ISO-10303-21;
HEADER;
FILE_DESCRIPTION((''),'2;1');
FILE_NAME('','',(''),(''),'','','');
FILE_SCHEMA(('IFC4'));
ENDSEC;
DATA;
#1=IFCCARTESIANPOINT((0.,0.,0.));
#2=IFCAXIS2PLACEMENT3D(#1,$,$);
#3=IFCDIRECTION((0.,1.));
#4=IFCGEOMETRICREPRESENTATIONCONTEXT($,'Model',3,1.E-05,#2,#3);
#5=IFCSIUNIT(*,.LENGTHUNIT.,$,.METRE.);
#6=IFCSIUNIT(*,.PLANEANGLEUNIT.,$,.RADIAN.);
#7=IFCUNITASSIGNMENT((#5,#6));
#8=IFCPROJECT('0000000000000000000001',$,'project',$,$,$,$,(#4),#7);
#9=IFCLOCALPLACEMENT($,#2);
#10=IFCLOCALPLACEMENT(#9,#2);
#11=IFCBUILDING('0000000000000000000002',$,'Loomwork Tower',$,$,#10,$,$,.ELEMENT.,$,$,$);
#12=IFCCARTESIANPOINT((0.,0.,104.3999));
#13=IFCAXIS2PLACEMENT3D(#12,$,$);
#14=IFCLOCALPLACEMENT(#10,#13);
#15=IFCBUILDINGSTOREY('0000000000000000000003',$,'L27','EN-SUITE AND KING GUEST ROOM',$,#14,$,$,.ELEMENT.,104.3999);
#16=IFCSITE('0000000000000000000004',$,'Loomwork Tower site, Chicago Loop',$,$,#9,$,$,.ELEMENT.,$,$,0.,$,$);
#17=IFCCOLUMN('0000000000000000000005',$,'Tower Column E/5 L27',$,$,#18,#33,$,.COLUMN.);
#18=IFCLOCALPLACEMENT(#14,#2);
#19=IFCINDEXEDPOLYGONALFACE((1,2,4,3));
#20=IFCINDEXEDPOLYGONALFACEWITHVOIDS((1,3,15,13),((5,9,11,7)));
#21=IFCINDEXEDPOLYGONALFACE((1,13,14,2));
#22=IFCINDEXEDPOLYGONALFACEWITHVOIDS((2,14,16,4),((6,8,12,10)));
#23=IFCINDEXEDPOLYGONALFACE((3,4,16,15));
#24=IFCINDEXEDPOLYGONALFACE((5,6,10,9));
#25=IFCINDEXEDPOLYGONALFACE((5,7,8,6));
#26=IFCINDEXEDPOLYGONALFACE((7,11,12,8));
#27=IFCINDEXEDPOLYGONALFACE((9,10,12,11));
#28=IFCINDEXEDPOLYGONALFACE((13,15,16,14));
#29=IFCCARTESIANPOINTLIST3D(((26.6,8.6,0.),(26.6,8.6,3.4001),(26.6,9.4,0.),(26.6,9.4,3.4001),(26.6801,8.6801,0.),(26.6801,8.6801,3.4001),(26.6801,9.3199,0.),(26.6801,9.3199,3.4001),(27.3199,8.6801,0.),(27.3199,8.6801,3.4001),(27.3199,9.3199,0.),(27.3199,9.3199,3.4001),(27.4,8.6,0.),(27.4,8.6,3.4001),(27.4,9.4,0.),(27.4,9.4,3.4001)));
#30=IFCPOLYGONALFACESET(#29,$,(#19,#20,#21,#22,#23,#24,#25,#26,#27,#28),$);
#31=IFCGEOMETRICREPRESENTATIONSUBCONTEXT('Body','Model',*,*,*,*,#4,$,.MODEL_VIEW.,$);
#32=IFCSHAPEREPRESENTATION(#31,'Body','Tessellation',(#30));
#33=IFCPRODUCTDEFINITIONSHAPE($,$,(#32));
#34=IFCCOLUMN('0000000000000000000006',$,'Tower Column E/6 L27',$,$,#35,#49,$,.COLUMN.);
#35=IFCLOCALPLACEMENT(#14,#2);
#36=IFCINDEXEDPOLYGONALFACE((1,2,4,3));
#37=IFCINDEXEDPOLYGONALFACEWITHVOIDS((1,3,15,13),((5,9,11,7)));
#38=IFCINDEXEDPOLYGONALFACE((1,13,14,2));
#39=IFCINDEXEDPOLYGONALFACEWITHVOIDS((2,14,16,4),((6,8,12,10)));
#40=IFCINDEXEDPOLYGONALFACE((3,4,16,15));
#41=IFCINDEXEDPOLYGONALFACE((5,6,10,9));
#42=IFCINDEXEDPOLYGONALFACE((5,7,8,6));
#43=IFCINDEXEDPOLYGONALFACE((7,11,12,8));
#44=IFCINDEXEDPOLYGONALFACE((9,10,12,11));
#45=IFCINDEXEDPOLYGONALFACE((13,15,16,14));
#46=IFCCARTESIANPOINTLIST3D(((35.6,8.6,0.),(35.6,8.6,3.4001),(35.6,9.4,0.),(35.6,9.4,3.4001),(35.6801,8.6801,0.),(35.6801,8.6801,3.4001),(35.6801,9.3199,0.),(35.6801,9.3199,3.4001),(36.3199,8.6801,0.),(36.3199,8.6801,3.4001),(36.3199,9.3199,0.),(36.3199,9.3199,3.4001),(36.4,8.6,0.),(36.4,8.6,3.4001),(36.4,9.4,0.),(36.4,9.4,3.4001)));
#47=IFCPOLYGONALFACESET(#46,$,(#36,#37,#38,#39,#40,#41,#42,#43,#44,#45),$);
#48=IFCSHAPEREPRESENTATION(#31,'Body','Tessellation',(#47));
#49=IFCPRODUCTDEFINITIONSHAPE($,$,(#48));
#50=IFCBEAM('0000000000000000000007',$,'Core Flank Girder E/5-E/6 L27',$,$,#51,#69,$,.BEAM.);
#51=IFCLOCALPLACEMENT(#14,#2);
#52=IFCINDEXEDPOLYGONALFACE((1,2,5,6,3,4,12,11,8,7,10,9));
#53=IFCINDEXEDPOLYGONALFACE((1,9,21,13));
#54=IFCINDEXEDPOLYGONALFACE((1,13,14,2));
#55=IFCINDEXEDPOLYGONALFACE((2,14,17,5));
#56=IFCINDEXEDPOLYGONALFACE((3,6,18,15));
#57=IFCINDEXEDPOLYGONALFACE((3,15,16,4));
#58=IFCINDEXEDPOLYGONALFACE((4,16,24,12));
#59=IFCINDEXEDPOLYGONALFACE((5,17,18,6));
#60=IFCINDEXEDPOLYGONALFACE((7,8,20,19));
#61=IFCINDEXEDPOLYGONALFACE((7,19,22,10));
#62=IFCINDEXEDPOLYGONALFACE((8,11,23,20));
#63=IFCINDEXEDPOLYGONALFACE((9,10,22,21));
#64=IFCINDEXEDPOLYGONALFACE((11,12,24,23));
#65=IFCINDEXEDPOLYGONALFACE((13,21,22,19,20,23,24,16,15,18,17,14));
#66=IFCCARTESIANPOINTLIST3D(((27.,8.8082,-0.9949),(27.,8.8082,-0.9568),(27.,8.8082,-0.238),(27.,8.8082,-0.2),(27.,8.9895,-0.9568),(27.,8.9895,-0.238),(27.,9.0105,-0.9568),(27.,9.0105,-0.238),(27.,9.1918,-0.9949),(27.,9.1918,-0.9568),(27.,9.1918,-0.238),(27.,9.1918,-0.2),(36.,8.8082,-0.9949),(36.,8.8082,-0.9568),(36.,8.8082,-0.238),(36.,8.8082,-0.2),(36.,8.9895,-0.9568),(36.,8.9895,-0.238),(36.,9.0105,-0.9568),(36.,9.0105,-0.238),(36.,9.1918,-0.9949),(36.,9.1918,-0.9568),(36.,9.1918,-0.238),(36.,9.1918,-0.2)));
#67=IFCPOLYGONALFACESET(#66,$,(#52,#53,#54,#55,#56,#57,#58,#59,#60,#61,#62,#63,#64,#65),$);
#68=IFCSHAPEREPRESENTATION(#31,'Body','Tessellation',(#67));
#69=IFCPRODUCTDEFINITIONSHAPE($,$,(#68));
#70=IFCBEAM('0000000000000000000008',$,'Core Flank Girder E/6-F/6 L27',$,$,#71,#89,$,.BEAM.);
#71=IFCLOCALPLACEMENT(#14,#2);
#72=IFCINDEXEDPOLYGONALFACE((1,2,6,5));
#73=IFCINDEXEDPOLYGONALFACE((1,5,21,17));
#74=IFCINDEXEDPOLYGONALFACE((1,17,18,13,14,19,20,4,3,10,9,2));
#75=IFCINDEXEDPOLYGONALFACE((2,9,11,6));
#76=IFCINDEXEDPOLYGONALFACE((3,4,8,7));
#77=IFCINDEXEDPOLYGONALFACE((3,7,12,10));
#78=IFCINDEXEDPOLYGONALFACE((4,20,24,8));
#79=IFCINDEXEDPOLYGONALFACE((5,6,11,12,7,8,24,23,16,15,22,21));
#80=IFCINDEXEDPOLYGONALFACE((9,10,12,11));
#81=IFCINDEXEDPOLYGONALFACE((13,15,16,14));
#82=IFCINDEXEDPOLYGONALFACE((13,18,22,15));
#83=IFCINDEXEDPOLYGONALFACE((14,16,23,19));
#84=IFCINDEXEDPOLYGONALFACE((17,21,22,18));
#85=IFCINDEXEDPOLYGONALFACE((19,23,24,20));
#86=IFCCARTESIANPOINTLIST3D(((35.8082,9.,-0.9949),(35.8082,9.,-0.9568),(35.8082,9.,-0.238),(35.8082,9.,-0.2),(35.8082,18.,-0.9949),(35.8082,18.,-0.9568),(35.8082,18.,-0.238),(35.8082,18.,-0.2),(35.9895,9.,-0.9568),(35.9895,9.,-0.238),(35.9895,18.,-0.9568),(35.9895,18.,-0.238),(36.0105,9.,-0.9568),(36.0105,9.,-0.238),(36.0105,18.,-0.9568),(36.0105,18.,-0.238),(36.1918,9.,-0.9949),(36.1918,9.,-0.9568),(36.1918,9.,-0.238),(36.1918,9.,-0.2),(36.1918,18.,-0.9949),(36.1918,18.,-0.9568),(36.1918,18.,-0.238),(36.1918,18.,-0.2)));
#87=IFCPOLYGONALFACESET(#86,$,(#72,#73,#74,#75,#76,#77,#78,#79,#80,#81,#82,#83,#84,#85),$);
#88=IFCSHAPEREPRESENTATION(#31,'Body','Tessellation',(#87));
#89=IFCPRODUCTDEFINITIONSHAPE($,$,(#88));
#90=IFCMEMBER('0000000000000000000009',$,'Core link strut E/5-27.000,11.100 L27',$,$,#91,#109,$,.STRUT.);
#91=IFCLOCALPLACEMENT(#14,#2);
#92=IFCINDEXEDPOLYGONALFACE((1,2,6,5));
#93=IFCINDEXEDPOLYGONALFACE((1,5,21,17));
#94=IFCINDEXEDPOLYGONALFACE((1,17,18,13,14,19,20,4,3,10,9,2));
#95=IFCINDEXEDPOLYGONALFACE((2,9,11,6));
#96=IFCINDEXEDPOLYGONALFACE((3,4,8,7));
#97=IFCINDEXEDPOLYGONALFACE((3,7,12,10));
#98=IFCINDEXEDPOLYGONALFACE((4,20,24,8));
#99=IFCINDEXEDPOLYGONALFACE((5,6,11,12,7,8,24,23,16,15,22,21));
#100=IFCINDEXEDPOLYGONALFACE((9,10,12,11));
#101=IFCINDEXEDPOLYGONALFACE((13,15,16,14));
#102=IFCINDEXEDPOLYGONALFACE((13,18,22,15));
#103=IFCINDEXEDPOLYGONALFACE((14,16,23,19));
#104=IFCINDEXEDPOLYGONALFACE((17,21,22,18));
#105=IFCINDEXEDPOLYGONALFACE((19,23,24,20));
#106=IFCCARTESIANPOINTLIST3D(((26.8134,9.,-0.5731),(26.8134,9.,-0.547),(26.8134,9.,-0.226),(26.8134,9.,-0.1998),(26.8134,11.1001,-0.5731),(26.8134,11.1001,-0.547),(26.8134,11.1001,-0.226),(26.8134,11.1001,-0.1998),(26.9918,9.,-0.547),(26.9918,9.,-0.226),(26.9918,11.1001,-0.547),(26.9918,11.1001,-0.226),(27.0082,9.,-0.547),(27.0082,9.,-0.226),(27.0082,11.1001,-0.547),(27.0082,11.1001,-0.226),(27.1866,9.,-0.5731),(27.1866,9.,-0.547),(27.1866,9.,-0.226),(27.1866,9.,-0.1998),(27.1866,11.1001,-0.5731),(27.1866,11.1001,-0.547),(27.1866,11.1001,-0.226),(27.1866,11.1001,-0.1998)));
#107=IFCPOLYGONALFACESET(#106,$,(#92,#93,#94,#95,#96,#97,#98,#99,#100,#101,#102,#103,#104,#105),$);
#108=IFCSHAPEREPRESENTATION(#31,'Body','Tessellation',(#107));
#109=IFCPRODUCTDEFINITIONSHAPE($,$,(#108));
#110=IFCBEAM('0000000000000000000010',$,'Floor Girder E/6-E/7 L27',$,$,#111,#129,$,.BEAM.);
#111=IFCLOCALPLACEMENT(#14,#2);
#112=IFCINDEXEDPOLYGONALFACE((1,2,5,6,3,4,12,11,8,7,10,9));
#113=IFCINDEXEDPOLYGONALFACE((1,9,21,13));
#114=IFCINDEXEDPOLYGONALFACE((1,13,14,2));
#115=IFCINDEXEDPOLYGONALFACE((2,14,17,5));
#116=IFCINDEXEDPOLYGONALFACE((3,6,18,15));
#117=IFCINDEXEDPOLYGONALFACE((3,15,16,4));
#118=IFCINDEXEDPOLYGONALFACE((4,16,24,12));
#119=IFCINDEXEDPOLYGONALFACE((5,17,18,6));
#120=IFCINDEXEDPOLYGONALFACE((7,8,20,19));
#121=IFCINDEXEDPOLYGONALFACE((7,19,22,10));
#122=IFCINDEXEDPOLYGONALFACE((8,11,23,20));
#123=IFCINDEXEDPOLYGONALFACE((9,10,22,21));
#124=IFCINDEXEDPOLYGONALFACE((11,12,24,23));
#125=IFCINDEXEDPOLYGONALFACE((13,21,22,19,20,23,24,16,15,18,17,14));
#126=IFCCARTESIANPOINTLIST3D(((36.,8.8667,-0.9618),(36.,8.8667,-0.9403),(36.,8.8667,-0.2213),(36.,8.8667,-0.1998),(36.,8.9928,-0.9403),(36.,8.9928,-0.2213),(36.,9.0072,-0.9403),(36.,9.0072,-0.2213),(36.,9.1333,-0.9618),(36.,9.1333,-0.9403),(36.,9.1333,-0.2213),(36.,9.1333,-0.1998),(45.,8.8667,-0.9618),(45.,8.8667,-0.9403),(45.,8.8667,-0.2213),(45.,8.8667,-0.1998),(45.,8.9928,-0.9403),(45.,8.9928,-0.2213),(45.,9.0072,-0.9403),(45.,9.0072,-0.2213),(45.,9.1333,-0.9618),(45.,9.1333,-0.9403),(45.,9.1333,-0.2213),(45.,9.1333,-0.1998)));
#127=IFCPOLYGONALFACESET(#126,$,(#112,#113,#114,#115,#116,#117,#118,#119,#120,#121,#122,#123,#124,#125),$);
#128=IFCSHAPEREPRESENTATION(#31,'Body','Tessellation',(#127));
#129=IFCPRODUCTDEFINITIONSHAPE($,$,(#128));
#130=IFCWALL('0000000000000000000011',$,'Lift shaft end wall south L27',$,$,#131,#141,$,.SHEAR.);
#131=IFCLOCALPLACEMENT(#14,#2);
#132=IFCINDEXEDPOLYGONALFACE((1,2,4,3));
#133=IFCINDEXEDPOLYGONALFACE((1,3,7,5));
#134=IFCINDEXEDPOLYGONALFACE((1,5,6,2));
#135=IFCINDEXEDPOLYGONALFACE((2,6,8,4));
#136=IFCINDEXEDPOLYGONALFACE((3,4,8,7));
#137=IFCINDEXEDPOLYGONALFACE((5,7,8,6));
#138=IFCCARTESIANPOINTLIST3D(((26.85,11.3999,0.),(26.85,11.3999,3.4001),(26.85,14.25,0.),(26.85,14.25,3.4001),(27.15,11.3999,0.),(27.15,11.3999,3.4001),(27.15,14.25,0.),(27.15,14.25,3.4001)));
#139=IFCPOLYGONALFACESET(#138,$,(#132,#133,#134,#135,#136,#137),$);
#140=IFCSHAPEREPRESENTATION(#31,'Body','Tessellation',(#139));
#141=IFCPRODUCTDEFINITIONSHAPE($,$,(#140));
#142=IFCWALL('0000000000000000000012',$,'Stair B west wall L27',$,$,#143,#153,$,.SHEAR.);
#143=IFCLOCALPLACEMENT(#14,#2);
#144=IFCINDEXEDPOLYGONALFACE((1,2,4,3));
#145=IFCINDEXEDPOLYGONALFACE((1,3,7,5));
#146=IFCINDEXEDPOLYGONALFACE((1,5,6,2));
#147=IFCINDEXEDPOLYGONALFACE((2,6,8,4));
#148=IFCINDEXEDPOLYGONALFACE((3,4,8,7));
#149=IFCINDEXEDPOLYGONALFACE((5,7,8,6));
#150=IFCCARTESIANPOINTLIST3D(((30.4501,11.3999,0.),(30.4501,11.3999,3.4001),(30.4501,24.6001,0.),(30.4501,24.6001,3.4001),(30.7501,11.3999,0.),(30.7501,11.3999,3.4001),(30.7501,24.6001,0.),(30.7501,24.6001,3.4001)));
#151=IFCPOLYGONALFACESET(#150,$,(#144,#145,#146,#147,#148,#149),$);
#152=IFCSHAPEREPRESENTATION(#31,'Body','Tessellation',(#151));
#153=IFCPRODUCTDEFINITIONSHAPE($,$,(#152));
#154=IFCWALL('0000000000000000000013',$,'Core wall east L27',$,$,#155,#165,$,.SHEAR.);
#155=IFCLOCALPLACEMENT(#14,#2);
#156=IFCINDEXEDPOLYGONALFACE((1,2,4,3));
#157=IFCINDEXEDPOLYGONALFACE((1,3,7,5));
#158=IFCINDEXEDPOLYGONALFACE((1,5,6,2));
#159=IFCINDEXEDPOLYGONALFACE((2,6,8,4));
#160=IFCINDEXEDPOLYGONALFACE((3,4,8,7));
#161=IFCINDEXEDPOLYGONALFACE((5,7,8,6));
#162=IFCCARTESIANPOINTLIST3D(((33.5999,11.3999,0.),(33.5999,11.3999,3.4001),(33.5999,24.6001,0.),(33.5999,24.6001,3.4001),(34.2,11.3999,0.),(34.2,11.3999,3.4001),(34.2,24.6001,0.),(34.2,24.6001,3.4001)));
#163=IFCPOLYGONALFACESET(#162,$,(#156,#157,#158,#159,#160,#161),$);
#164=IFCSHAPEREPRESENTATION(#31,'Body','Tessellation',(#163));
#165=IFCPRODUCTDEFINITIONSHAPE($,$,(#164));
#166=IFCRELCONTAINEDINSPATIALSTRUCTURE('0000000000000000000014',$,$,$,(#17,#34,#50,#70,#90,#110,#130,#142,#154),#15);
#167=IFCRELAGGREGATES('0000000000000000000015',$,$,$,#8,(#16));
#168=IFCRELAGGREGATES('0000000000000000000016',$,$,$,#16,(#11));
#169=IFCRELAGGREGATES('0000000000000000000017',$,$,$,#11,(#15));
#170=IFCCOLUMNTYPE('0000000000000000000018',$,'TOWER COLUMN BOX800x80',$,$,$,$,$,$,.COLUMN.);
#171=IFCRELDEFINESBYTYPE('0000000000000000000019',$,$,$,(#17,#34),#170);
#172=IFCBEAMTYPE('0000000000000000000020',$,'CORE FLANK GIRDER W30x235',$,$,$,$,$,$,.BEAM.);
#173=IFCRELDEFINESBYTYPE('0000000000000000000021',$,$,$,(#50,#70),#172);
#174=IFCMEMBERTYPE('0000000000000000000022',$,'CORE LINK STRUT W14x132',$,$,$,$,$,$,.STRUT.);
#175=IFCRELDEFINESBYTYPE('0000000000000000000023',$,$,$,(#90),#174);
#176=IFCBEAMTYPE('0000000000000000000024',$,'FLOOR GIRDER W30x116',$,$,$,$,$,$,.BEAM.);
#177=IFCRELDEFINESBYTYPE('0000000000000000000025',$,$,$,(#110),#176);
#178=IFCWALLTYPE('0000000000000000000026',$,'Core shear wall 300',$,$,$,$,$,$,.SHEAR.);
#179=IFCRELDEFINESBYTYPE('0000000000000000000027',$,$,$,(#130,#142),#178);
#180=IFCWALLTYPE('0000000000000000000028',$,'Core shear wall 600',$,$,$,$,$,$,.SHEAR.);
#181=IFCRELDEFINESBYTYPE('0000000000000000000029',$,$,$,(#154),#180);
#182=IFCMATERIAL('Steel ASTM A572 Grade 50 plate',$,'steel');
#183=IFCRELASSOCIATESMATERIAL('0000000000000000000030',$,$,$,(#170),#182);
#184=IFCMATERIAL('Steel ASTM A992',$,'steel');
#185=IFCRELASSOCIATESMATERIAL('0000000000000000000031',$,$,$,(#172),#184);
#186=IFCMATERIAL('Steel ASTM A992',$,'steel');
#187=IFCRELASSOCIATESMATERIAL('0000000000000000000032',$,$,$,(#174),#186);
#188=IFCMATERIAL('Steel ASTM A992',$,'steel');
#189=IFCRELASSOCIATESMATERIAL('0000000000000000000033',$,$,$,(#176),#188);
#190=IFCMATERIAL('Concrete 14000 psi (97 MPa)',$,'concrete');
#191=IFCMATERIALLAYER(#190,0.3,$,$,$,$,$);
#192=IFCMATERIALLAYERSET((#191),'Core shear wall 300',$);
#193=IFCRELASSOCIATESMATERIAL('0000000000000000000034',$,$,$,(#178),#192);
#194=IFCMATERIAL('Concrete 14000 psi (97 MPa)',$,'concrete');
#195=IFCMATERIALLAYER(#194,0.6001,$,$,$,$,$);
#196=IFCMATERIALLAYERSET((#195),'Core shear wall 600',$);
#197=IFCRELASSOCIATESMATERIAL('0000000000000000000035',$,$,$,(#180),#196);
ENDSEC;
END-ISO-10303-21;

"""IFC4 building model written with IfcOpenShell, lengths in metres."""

from ifc_helpers import new_model, si_unit, direction, frame, frame_2d, origin, origin_2d, place, context, subcontext, project, spatial, rectangle, hollow_rectangle, i_section, extrude, material, layer, layer_set, material_profile, profile_set, type_object, element, save


model = new_model("IFC4")

# Units and contexts
model_context = context("Model", 3, precision=1e-05, world=origin(), true_north=direction((0.0, 1.0)))
body_context = subcontext(model_context, "Body", "Model", "MODEL_VIEW")
ifc_project = project(units=[si_unit("LENGTHUNIT", "METRE"), si_unit("PLANEANGLEUNIT", "RADIAN")], contexts=[model_context])

# Site, building, storey
site_placement = place(None, origin())
site = spatial("IfcSite", under=ifc_project, at=site_placement, Name="Loomwork Tower site, Chicago Loop", CompositionType="ELEMENT", RefElevation=0.0)
building_placement = place(site_placement, origin())
building = spatial("IfcBuilding", under=site, at=building_placement, Name="Loomwork Tower", CompositionType="ELEMENT")
storey_placement = place(building_placement, frame((0.0, 0.0, 104.3999)))
storey = spatial("IfcBuildingStorey", under=building, at=storey_placement, Name="L27", Description="EN-SUITE AND KING GUEST ROOM", CompositionType="ELEMENT", Elevation=104.3999)

# Columns
ifc_material_1 = material(Name="Steel ASTM A572 Grade 50 plate", Category="steel")
ifc_material_profile_1 = material_profile(ifc_material_1, hollow_rectangle(XDim=0.8, YDim=0.8, WallThickness=0.0801, at=origin_2d()), Name="BOX800x80")
ifc_profile_set_1 = profile_set([ifc_material_profile_1], Name="Steel ASTM A572 Grade 50 plate")
column_type = type_object("IfcColumnType", Name="TOWER COLUMN BOX800x80", PredefinedType="COLUMN", material=ifc_profile_set_1)
for number, where, z_axis, x_axis, name in (
    (1, (27.0, 9.0, 0.0), (0.0, 0.0, 1.0), (1.0, 0.0, 0.0), "Tower Column E/5 L27"),
    (2, (36.0, 9.0, 0.0), (0.0, 0.0, 1.0), (0.0, 1.0, 0.0), "Tower Column E/6 L27"),
):
    element("IfcColumn", number, at=place(storey_placement, frame(where, z_axis=z_axis, x_axis=x_axis)), inside=storey, type_object=column_type, Name=name, PredefinedType="COLUMN", context=body_context, shape_type="SweptSolid", body=[
        extrude(hollow_rectangle(XDim=0.8, YDim=0.8, WallThickness=0.0801, at=origin_2d()), origin(), (0.0, 0.0, 1.0), 3.4001),
    ])

# Beams
ifc_material_2 = material(Name="Steel ASTM A992", Category="steel")
ifc_material_profile_2 = material_profile(ifc_material_2, i_section(OverallWidth=0.3835, OverallDepth=0.7949, WebThickness=0.021, FlangeThickness=0.0381, at=origin_2d()), Name="W30x235")
ifc_profile_set_2 = profile_set([ifc_material_profile_2], Name="Steel ASTM A992")
beam_type_1 = type_object("IfcBeamType", Name="CORE FLANK GIRDER W30x235", PredefinedType="BEAM", material=ifc_profile_set_2)
for number, where, z_axis, x_axis, name in (
    (3, (27.0, 9.0, -0.5974), (1.0, 0.0, 0.0), (0.0, 1.0, 0.0), "Core Flank Girder E/5-E/6 L27"),
    (4, (36.0, 9.0, -0.5974), (0.0, 1.0, 0.0), (-1.0, 0.0, 0.0), "Core Flank Girder E/6-F/6 L27"),
):
    element("IfcBeam", number, at=place(storey_placement, frame(where, z_axis=z_axis, x_axis=x_axis)), inside=storey, type_object=beam_type_1, Name=name, PredefinedType="BEAM", context=body_context, shape_type="SweptSolid", body=[
        extrude(i_section(OverallWidth=0.3835, OverallDepth=0.7949, WebThickness=0.021, FlangeThickness=0.0381, at=origin_2d()), origin(), (0.0, 0.0, 1.0), 9.0),
    ])

# Member
ifc_material_3 = material(Name="Steel ASTM A992", Category="steel")
ifc_material_profile_3 = material_profile(ifc_material_3, i_section(OverallWidth=0.3733, OverallDepth=0.3733, WebThickness=0.0164, FlangeThickness=0.0261, at=origin_2d()), Name="W14x132")
ifc_profile_set_3 = profile_set([ifc_material_profile_3], Name="Steel ASTM A992")
member_type = type_object("IfcMemberType", Name="CORE LINK STRUT W14x132", PredefinedType="STRUT", material=ifc_profile_set_3)
member_placement = place(storey_placement, frame((27.0, 9.0, -0.3865), z_axis=(0.0, 1.0, 0.0), x_axis=(-1.0, 0.0, 0.0)))
element("IfcMember", 5, at=member_placement, inside=storey, type_object=member_type, Name="Core link strut E/5-27.000,11.100 L27", PredefinedType="STRUT", context=body_context, shape_type="SweptSolid", body=[
    extrude(i_section(OverallWidth=0.3733, OverallDepth=0.3733, WebThickness=0.0164, FlangeThickness=0.0261, at=origin_2d()), origin(), (0.0, 0.0, 1.0), 2.1001),
])

# Beam
ifc_material_4 = material(Name="Steel ASTM A992", Category="steel")
ifc_material_profile_4 = material_profile(ifc_material_4, i_section(OverallWidth=0.2666, OverallDepth=0.762, WebThickness=0.0144, FlangeThickness=0.0215, at=origin_2d()), Name="W30x116")
ifc_profile_set_4 = profile_set([ifc_material_profile_4], Name="Steel ASTM A992")
beam_type_2 = type_object("IfcBeamType", Name="FLOOR GIRDER W30x116", PredefinedType="BEAM", material=ifc_profile_set_4)
beam_placement = place(storey_placement, frame((36.0, 9.0, -0.5808), z_axis=(1.0, 0.0, 0.0), x_axis=(0.0, 1.0, 0.0)))
element("IfcBeam", 6, at=beam_placement, inside=storey, type_object=beam_type_2, Name="Floor Girder E/6-E/7 L27", PredefinedType="BEAM", context=body_context, shape_type="SweptSolid", body=[
    extrude(i_section(OverallWidth=0.2666, OverallDepth=0.762, WebThickness=0.0144, FlangeThickness=0.0215, at=origin_2d()), origin(), (0.0, 0.0, 1.0), 9.0),
])

# Walls
ifc_material_5 = material(Name="Concrete 14000 psi (97 MPa)", Category="concrete")
ifc_layer_1 = layer(ifc_material_5, 0.3)
ifc_layer_set_1 = layer_set([ifc_layer_1], Name="Core shear wall 300")
wall_type_1 = type_object("IfcWallType", Name="Core shear wall 300", PredefinedType="SHEAR", material=ifc_layer_set_1)
wall_1_placement = place(storey_placement, frame((27.0, 11.3999, 0.0), z_axis=(0.0, 0.0, 1.0), x_axis=(0.0, 1.0, 0.0)))
element("IfcWall", 7, at=wall_1_placement, inside=storey, type_object=wall_type_1, Name="Lift shaft end wall south L27", PredefinedType="SHEAR", context=body_context, shape_type="SweptSolid", body=[
    extrude(rectangle(XDim=2.8501, YDim=0.3, at=frame_2d((1.425, 0.0))), origin(), (0.0, 0.0, 1.0), 3.4001),
])
wall_2_placement = place(storey_placement, frame((30.6001, 11.3999, 0.0), z_axis=(0.0, 0.0, 1.0), x_axis=(0.0, 1.0, 0.0)))
element("IfcWall", 8, at=wall_2_placement, inside=storey, type_object=wall_type_1, Name="Stair B west wall L27", PredefinedType="SHEAR", context=body_context, shape_type="SweptSolid", body=[
    extrude(rectangle(XDim=13.2002, YDim=0.3, at=frame_2d((6.6001, 0.0))), origin(), (0.0, 0.0, 1.0), 3.4001),
])
ifc_material_6 = material(Name="Concrete 14000 psi (97 MPa)", Category="concrete")
ifc_layer_2 = layer(ifc_material_6, 0.6001)
ifc_layer_set_2 = layer_set([ifc_layer_2], Name="Core shear wall 600")
wall_type_2 = type_object("IfcWallType", Name="Core shear wall 600", PredefinedType="SHEAR", material=ifc_layer_set_2)
wall_3_placement = place(storey_placement, frame((33.8999, 11.3999, 0.0), z_axis=(0.0, 0.0, 1.0), x_axis=(0.0, 1.0, 0.0)))
element("IfcWall", 9, at=wall_3_placement, inside=storey, type_object=wall_type_2, Name="Core wall east L27", PredefinedType="SHEAR", context=body_context, shape_type="SweptSolid", body=[
    extrude(rectangle(XDim=13.2002, YDim=0.6001, at=frame_2d((6.6001, 0.0))), origin(), (0.0, 0.0, 1.0), 3.4001),
])

save(model, "model.ifc")
